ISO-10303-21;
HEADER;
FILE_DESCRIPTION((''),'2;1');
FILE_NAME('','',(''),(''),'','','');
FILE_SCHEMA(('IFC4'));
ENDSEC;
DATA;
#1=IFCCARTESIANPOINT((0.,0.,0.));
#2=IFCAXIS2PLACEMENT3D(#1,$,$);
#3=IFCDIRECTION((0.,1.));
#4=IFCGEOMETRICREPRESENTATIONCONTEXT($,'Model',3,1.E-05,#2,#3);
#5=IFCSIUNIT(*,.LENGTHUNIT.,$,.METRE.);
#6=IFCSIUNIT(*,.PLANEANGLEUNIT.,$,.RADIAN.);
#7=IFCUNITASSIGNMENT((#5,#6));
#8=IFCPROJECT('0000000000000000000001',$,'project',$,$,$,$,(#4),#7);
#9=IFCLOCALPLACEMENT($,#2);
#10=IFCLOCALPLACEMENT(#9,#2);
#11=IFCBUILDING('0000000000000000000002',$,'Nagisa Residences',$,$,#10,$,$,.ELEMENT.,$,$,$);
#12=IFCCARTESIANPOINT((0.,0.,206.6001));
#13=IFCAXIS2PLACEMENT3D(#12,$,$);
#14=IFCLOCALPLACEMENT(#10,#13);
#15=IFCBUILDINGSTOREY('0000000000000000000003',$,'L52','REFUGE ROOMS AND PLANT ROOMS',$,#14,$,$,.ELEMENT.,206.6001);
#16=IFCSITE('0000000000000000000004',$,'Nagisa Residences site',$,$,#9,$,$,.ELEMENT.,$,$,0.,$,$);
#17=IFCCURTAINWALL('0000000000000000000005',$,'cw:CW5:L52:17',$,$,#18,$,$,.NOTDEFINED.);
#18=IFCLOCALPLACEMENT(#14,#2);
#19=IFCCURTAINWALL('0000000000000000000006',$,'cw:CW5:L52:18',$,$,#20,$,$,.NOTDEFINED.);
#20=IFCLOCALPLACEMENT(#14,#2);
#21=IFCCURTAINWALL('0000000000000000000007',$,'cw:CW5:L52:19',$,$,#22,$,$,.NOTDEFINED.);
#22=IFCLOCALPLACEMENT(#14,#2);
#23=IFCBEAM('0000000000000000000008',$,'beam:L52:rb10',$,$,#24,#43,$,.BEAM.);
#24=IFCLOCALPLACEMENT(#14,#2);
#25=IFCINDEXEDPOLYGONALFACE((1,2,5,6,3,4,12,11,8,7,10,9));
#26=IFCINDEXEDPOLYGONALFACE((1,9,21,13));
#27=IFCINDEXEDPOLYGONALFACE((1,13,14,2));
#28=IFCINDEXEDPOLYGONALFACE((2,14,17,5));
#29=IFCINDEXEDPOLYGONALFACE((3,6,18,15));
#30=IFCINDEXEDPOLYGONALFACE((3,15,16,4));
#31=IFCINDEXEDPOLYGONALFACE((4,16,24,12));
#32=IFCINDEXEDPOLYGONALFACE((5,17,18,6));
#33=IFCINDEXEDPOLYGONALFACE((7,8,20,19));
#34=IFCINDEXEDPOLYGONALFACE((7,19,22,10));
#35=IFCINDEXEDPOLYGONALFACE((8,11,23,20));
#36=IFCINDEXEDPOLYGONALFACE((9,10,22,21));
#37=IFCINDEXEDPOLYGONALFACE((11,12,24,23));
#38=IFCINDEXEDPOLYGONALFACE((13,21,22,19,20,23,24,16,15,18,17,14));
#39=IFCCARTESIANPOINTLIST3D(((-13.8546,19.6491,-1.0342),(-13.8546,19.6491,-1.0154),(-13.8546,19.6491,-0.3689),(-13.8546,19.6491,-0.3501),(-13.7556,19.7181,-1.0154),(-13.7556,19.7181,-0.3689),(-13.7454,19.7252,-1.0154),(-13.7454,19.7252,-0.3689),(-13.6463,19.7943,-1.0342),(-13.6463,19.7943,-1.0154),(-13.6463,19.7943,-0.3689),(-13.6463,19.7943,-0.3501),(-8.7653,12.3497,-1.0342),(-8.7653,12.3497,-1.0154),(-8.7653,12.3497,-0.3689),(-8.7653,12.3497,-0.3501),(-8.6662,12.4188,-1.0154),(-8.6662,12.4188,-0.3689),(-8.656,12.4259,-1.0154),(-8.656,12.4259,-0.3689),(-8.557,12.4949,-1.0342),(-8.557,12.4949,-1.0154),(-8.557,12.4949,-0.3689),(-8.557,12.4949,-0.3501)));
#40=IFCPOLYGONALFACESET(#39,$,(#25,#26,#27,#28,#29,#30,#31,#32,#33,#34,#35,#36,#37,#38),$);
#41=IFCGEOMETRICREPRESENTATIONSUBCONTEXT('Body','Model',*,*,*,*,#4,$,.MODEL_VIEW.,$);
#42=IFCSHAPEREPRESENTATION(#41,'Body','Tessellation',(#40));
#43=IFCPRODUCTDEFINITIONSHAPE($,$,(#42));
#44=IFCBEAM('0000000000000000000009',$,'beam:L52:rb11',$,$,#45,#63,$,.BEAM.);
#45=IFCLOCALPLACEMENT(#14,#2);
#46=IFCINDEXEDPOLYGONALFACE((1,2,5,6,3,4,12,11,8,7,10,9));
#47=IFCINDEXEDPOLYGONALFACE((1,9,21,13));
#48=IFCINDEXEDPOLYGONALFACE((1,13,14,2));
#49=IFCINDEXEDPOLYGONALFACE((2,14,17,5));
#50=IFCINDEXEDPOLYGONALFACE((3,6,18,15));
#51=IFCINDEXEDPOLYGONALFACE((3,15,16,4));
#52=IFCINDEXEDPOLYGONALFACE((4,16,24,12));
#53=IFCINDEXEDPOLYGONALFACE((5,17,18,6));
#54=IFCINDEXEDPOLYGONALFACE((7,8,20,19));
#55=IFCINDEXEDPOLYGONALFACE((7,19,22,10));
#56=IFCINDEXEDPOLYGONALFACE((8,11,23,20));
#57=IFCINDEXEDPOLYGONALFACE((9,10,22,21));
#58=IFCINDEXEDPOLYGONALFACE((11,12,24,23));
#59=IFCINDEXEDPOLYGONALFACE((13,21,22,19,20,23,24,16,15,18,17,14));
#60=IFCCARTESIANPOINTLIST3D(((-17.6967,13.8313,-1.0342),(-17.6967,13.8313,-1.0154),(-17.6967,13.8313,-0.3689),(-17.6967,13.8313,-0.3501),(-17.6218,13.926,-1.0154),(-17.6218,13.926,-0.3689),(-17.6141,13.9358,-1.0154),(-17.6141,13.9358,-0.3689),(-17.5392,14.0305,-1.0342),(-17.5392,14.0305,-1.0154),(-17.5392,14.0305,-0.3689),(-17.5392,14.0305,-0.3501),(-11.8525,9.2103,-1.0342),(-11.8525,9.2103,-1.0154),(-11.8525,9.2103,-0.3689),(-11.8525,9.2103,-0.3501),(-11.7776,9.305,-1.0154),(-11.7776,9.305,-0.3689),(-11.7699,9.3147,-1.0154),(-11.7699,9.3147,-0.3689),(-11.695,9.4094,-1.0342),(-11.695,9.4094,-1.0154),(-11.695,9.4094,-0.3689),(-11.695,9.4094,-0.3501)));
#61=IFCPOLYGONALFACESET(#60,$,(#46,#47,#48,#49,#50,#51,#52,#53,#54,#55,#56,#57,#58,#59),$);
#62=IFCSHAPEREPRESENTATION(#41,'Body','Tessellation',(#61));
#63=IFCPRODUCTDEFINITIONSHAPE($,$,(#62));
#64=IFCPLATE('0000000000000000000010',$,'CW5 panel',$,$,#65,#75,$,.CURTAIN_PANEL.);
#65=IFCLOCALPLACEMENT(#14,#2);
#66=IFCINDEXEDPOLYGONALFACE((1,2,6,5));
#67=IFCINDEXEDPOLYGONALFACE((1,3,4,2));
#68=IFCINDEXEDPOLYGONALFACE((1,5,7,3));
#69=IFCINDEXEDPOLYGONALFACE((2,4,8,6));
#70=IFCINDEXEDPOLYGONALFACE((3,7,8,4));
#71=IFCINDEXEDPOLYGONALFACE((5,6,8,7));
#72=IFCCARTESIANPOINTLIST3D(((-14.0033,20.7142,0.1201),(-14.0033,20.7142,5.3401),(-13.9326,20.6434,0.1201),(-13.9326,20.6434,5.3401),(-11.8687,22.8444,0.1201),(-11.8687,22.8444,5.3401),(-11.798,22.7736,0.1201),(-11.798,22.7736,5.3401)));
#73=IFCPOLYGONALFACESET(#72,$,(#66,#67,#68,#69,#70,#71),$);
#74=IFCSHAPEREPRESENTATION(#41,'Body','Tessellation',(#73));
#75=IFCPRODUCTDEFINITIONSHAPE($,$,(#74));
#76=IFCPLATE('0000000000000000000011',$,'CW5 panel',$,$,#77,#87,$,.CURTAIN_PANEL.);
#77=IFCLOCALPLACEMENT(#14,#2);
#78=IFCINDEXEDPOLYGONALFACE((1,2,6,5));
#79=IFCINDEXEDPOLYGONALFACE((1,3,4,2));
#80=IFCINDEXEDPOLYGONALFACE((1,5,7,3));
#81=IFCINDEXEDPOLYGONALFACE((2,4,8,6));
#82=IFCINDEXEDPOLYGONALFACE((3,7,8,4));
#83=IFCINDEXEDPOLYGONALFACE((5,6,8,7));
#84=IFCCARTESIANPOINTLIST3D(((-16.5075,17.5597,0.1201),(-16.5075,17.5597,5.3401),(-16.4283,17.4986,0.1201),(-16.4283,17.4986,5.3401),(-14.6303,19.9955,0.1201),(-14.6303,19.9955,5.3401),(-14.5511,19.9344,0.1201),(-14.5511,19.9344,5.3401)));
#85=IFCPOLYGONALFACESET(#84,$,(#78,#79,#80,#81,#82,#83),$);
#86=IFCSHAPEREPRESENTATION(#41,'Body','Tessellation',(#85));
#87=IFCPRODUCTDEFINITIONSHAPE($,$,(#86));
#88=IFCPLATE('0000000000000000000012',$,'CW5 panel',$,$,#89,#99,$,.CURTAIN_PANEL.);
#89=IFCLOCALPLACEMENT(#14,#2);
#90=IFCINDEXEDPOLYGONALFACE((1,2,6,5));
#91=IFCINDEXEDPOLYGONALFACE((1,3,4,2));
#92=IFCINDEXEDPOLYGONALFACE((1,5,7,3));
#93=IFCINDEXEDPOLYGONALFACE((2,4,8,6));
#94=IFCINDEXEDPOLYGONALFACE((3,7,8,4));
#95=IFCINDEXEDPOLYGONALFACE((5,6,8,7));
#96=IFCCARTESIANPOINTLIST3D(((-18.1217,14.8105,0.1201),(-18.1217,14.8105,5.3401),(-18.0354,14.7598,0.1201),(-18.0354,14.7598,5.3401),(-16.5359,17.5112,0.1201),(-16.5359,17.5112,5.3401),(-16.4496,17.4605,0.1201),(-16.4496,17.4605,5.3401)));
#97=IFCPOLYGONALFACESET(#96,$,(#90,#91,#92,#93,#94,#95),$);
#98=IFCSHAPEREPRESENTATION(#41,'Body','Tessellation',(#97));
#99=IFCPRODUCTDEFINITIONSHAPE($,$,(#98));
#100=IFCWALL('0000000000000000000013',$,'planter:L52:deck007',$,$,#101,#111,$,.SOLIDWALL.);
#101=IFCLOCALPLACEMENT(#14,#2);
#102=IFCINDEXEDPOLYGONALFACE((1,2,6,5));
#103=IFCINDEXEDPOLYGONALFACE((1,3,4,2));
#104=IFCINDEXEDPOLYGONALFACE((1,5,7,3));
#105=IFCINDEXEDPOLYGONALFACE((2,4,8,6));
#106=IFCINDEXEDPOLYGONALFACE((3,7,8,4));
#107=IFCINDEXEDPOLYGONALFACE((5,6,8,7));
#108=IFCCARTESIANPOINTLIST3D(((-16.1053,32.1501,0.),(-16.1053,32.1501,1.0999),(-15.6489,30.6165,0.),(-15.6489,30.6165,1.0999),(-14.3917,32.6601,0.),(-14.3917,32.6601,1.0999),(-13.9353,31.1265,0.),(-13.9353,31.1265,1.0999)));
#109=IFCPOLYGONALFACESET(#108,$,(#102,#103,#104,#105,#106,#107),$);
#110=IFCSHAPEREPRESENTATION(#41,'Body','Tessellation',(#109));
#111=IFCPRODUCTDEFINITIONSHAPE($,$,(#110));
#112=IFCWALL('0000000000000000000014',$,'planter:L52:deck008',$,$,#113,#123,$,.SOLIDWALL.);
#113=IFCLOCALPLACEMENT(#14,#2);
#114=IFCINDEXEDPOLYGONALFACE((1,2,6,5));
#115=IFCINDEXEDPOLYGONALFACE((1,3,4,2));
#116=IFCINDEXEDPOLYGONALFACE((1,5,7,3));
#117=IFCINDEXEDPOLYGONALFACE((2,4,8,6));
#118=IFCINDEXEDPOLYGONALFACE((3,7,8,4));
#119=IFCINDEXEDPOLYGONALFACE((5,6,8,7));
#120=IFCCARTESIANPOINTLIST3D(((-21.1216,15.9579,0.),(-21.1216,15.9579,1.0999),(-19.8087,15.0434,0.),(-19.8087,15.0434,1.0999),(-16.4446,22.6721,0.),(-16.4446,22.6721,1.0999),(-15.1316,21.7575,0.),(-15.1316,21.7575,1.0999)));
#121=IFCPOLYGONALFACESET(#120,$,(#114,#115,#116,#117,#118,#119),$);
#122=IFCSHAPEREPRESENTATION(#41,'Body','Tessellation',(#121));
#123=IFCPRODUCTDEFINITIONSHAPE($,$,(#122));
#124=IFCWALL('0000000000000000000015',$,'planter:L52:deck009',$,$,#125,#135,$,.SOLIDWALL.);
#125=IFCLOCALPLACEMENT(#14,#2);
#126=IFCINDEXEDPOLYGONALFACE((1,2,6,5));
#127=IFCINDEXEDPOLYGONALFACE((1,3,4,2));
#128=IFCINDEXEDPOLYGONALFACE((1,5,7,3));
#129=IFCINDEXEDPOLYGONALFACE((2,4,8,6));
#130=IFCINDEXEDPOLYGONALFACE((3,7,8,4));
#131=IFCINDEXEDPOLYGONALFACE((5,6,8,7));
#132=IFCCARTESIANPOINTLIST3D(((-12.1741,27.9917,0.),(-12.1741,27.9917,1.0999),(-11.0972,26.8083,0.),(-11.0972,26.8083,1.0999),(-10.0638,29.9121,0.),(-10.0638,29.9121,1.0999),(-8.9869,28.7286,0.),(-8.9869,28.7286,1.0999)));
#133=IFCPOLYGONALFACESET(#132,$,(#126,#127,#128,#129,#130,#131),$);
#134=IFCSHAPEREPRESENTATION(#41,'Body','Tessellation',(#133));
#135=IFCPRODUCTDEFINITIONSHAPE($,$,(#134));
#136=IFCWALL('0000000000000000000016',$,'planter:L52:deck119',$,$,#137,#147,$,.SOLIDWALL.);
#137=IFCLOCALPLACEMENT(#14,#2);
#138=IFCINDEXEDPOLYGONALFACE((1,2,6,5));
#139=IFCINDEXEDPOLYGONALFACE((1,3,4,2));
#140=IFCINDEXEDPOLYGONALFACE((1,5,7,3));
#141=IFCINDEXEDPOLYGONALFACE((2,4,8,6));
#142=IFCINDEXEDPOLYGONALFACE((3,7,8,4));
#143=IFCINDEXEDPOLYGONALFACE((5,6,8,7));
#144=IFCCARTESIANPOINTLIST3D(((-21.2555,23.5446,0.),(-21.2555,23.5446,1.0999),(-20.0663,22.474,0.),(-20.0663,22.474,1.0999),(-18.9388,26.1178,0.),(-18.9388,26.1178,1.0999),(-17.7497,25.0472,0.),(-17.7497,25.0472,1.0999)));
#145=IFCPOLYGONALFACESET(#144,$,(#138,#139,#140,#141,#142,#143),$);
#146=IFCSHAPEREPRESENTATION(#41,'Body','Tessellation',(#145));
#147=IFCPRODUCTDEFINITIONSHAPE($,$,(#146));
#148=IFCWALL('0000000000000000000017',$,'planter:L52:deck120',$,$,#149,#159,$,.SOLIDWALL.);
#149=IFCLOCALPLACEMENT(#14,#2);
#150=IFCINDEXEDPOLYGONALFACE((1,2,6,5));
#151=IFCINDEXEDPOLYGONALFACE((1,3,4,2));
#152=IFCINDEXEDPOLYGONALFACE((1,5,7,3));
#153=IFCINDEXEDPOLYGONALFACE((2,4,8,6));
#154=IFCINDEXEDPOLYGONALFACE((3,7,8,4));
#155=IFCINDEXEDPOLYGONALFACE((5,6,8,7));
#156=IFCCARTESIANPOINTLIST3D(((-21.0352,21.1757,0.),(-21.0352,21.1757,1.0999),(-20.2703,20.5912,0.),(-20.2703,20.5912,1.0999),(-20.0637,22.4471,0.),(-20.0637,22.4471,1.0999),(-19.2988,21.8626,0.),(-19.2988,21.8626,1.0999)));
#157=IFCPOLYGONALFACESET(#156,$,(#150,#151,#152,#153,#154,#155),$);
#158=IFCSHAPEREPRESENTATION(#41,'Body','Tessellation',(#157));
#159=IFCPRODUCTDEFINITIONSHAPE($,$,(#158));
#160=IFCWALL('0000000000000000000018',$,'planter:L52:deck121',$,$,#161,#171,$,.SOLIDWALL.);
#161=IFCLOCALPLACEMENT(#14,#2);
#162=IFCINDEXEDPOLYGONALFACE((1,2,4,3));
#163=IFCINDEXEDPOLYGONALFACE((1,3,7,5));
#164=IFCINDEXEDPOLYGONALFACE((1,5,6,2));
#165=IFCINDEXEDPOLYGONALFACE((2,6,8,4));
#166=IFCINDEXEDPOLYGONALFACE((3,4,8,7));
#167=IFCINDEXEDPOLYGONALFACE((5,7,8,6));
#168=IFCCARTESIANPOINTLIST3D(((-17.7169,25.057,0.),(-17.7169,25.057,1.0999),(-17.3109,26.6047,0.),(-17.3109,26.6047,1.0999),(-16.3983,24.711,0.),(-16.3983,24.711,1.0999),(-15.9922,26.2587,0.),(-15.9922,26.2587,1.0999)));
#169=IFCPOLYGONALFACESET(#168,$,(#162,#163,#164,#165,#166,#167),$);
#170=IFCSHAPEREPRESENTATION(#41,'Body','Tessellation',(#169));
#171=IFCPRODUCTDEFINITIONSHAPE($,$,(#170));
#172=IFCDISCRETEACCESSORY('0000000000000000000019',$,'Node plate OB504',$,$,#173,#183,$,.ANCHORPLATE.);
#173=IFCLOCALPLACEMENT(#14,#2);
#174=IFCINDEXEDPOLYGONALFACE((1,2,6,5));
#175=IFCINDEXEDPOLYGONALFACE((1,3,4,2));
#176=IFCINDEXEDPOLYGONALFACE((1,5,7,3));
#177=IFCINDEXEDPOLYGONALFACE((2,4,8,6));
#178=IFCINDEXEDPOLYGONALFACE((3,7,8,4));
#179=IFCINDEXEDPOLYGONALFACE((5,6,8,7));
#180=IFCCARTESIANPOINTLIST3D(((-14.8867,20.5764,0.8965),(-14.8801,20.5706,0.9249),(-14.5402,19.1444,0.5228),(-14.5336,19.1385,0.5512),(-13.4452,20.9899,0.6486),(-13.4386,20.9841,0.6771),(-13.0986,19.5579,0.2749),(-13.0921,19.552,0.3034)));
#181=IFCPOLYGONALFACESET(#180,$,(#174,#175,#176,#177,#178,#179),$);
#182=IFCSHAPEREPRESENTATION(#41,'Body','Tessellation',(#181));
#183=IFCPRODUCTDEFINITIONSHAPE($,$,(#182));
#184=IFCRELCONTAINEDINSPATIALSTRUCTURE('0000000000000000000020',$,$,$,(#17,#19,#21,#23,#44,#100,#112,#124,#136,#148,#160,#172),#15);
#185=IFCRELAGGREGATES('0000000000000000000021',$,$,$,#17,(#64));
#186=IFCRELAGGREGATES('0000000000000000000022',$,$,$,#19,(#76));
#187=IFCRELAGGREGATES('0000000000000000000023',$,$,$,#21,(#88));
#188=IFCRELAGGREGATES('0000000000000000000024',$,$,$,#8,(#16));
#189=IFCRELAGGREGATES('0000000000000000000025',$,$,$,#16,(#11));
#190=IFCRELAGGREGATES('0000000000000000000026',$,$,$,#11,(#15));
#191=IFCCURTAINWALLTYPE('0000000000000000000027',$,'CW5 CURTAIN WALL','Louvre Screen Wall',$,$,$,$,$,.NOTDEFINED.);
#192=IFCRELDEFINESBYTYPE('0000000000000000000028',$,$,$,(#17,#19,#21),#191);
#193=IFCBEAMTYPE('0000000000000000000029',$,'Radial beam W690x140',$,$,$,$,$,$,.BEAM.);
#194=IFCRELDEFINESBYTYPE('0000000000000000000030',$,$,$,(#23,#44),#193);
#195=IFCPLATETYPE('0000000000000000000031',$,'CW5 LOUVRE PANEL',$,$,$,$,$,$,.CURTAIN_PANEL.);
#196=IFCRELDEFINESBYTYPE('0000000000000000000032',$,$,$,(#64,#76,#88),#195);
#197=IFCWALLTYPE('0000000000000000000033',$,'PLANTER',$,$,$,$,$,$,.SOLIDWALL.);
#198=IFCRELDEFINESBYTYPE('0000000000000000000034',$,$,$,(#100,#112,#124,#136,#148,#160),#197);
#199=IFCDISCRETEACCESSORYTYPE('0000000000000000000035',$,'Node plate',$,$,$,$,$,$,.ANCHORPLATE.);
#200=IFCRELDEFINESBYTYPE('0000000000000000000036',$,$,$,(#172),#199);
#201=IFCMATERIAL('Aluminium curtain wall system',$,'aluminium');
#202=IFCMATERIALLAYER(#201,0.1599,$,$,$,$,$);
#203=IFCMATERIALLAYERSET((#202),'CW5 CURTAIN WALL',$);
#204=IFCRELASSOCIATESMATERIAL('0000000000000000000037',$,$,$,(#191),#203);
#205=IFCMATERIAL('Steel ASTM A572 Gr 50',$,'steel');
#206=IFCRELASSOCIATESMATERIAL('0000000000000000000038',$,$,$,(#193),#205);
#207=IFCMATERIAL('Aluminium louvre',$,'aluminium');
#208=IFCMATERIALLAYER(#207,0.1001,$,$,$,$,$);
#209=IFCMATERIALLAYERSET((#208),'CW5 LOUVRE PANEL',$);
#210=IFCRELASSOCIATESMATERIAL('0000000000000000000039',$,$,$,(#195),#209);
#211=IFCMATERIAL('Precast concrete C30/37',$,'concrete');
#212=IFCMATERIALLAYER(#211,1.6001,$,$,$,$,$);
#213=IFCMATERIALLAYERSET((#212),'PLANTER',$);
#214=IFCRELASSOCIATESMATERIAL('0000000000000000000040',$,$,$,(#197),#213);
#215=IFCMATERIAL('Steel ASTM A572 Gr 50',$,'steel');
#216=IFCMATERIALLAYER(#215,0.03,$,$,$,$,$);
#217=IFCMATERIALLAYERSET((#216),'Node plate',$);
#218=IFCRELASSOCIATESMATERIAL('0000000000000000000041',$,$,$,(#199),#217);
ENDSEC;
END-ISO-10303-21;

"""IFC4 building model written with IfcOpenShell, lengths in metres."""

from ifc_helpers import new_model, si_unit, direction, frame, frame_2d, origin, origin_2d, place, context, subcontext, project, spatial, rectangle, i_section, extrude, material, layer, layer_set, material_profile, profile_set, type_object, element, aggregate, save


model = new_model("IFC4")

# Units and contexts
model_context = context("Model", 3, precision=1e-05, world=origin(), true_north=direction((0.0, 1.0)))
body_context = subcontext(model_context, "Body", "Model", "MODEL_VIEW")
ifc_project = project(units=[si_unit("LENGTHUNIT", "METRE"), si_unit("PLANEANGLEUNIT", "RADIAN")], contexts=[model_context])

# Site, building, storey
site_placement = place(None, origin())
site = spatial("IfcSite", under=ifc_project, at=site_placement, Name="Nagisa Residences site", CompositionType="ELEMENT", RefElevation=0.0)
building_placement = place(site_placement, origin())
building = spatial("IfcBuilding", under=site, at=building_placement, Name="Nagisa Residences", CompositionType="ELEMENT")
storey_placement = place(building_placement, frame((0.0, 0.0, 206.6001)))
storey = spatial("IfcBuildingStorey", under=building, at=storey_placement, Name="L52", Description="REFUGE ROOMS AND PLANT ROOMS", CompositionType="ELEMENT", Elevation=206.6001)

# Curtain walls
ifc_material_1 = material(Name="Aluminium curtain wall system", Category="aluminium")
ifc_layer_1 = layer(ifc_material_1, 0.1599)
ifc_layer_set_1 = layer_set([ifc_layer_1], Name="CW5 CURTAIN WALL")
curtain_wall_type = type_object("IfcCurtainWallType", Name="CW5 CURTAIN WALL", Description="Louvre Screen Wall", PredefinedType="NOTDEFINED", material=ifc_layer_set_1)
curtain_wall_1_placement = place(storey_placement, origin())
curtain_wall_1 = element("IfcCurtainWall", 1, at=curtain_wall_1_placement, inside=storey, type_object=curtain_wall_type, Name="cw:CW5:L52:17", PredefinedType="NOTDEFINED")
curtain_wall_2_placement = place(storey_placement, origin())
curtain_wall_2 = element("IfcCurtainWall", 2, at=curtain_wall_2_placement, inside=storey, type_object=curtain_wall_type, Name="cw:CW5:L52:18", PredefinedType="NOTDEFINED")
curtain_wall_3_placement = place(storey_placement, origin())
curtain_wall_3 = element("IfcCurtainWall", 3, at=curtain_wall_3_placement, inside=storey, type_object=curtain_wall_type, Name="cw:CW5:L52:19", PredefinedType="NOTDEFINED")

# Beams
ifc_material_2 = material(Name="Steel ASTM A572 Gr 50", Category="steel")
ifc_material_profile_1 = material_profile(ifc_material_2, i_section(OverallWidth=0.2539, OverallDepth=0.6841, WebThickness=0.0125, FlangeThickness=0.0188, at=origin_2d()), Name="W690x140")
ifc_profile_set_1 = profile_set([ifc_material_profile_1], Name="Steel ASTM A572 Gr 50")
beam_type_1 = type_object("IfcBeamType", Name="Radial beam W690x140", PredefinedType="BEAM", material=ifc_profile_set_1)
beam_1_placement = place(storey_placement, frame((-13.7505, 19.7217, -0.6921), z_axis=(0.57194, -0.820295, 0.0), x_axis=(0.820295, 0.57194, 0.0)))
element("IfcBeam", 4, at=beam_1_placement, inside=storey, type_object=beam_type_1, Name="beam:L52:rb10", PredefinedType="BEAM", context=body_context, shape_type="SweptSolid", body=[
    extrude(i_section(OverallWidth=0.2539, OverallDepth=0.6841, WebThickness=0.0125, FlangeThickness=0.0188, at=origin_2d()), origin(), (0.0, 0.0, 1.0), 8.8984),
])
beam_2_placement = place(storey_placement, frame((-17.6179, 13.9309, -0.6921), z_axis=(0.784411, -0.620241, 0.0), x_axis=(0.620241, 0.784411, 0.0)))
element("IfcBeam", 5, at=beam_2_placement, inside=storey, type_object=beam_type_1, Name="beam:L52:rb11", PredefinedType="BEAM", context=body_context, shape_type="SweptSolid", body=[
    extrude(i_section(OverallWidth=0.2539, OverallDepth=0.6841, WebThickness=0.0125, FlangeThickness=0.0188, at=origin_2d()), origin(), (0.0, 0.0, 1.0), 7.4504),
])

# Plates
ifc_material_3 = material(Name="Aluminium louvre", Category="aluminium")
ifc_layer_2 = layer(ifc_material_3, 0.1001)
ifc_layer_set_2 = layer_set([ifc_layer_2], Name="CW5 LOUVRE PANEL")
plate_type = type_object("IfcPlateType", Name="CW5 LOUVRE PANEL", PredefinedType="CURTAIN_PANEL", material=ifc_layer_set_2)
plate_1_placement = place(storey_placement, frame((-12.9006, 21.7439, 0.1201), z_axis=(0.0, 0.0, 1.0), x_axis=(-0.707836, -0.706377, 0.0)))
plate_1 = element("IfcPlate", 6, at=plate_1_placement, type_object=plate_type, Name="CW5 panel", PredefinedType="CURTAIN_PANEL", context=body_context, shape_type="SweptSolid", body=[
    extrude(rectangle(XDim=3.0156, YDim=0.1001, at=origin_2d()), origin(), (0.0, 0.0, 1.0), 5.22),
])
aggregate(curtain_wall_1, [plate_1])
plate_2_placement = place(storey_placement, frame((-15.5293, 18.7471, 0.1201), z_axis=(0.0, 0.0, 1.0), x_axis=(-0.61043, -0.79207, 0.0)))
plate_2 = element("IfcPlate", 7, at=plate_2_placement, type_object=plate_type, Name="CW5 panel", PredefinedType="CURTAIN_PANEL", context=body_context, shape_type="SweptSolid", body=[
    extrude(rectangle(XDim=3.0752, YDim=0.1001, at=origin_2d()), origin(), (0.0, 0.0, 1.0), 5.22),
])
aggregate(curtain_wall_2, [plate_2])
plate_3_placement = place(storey_placement, frame((-17.2856, 16.1355, 0.1201), z_axis=(0.0, 0.0, 1.0), x_axis=(-0.506349, -0.862329, 0.0)))
plate_3 = element("IfcPlate", 8, at=plate_3_placement, type_object=plate_type, Name="CW5 panel", PredefinedType="CURTAIN_PANEL", context=body_context, shape_type="SweptSolid", body=[
    extrude(rectangle(XDim=3.1318, YDim=0.1001, at=origin_2d()), origin(), (0.0, 0.0, 1.0), 5.22),
])
aggregate(curtain_wall_3, [plate_3])

# Walls
ifc_material_4 = material(Name="Precast concrete C30/37", Category="concrete")
ifc_layer_3 = layer(ifc_material_4, 1.6001)
ifc_layer_set_3 = layer_set([ifc_layer_3], Name="PLANTER")
wall_type = type_object("IfcWallType", Name="PLANTER", PredefinedType="SOLIDWALL", material=ifc_layer_set_3)
wall_1_placement = place(storey_placement, frame((-15.8772, 31.3833, 0.0), z_axis=(0.0, 0.0, 1.0), x_axis=(0.958452, 0.285255, 0.0)))
element("IfcWall", 9, at=wall_1_placement, inside=storey, type_object=wall_type, Name="planter:L52:deck007", PredefinedType="SOLIDWALL", context=body_context, shape_type="SweptSolid", body=[
    extrude(rectangle(XDim=1.7878, YDim=1.6001, at=frame_2d((0.894, 0.0))), origin(), (0.0, 0.0, 1.0), 1.0999),
])
wall_2_placement = place(storey_placement, frame((-15.7881, 22.2148, 0.0), z_axis=(0.0, 0.0, 1.0), x_axis=(-0.571585, -0.820543, 0.0)))
element("IfcWall", 10, at=wall_2_placement, inside=storey, type_object=wall_type, Name="planter:L52:deck008", PredefinedType="SOLIDWALL", context=body_context, shape_type="SweptSolid", body=[
    extrude(rectangle(XDim=8.1826, YDim=1.6001, at=frame_2d((4.0913, 0.0))), origin(), (0.0, 0.0, 1.0), 1.0999),
])
wall_3_placement = place(storey_placement, frame((-11.6357, 27.3999, 0.0), z_axis=(0.0, 0.0, 1.0), x_axis=(0.739607, 0.673039, 0.0)))
element("IfcWall", 11, at=wall_3_placement, inside=storey, type_object=wall_type, Name="planter:L52:deck009", PredefinedType="SOLIDWALL", context=body_context, shape_type="SweptSolid", body=[
    extrude(rectangle(XDim=2.8533, YDim=1.6001, at=frame_2d((1.4268, 0.0))), origin(), (0.0, 0.0, 1.0), 1.0999),
])
wall_4_placement = place(storey_placement, frame((-20.6609, 23.0093, 0.0), z_axis=(0.0, 0.0, 1.0), x_axis=(0.669082, 0.743189, 0.0)))
element("IfcWall", 12, at=wall_4_placement, inside=storey, type_object=wall_type, Name="planter:L52:deck119", PredefinedType="SOLIDWALL", context=body_context, shape_type="SweptSolid", body=[
    extrude(rectangle(XDim=3.4624, YDim=1.6001, at=frame_2d((1.7312, 0.0))), origin(), (0.0, 0.0, 1.0), 1.0999),
])
wall_5_placement = place(storey_placement, frame((-19.7844, 21.2268, 0.0), z_axis=(0.0, 0.0, 1.0), x_axis=(-0.794581, 0.607158, 0.0)))
element("IfcWall", 13, at=wall_5_placement, inside=storey, type_object=wall_type, Name="planter:L52:deck120", PredefinedType="SOLIDWALL", context=body_context, shape_type="SweptSolid", body=[
    extrude(rectangle(XDim=0.9626, YDim=1.6001, at=frame_2d((0.4814, 0.0))), origin(), (0.0, 0.0, 1.0), 1.0999),
])
wall_6_placement = place(storey_placement, frame((-17.5139, 25.8308, 0.0), z_axis=(0.0, 0.0, 1.0), x_axis=(0.967264, -0.25377, 0.0)))
element("IfcWall", 14, at=wall_6_placement, inside=storey, type_object=wall_type, Name="planter:L52:deck121", PredefinedType="SOLIDWALL", context=body_context, shape_type="SweptSolid", body=[
    extrude(rectangle(XDim=1.3633, YDim=1.6001, at=frame_2d((0.6816, 0.0))), origin(), (0.0, 0.0, 1.0), 1.0999),
])

# Discrete accessory
ifc_material_5 = material(Name="Steel ASTM A572 Gr 50", Category="steel")
ifc_layer_4 = layer(ifc_material_5, 0.03)
ifc_layer_set_4 = layer_set([ifc_layer_4], Name="Node plate")
discrete_accessory_type = type_object("IfcDiscreteAccessoryType", Name="Node plate", PredefinedType="ANCHORPLATE", material=ifc_layer_set_4)
discrete_accessory_placement = place(storey_placement, frame((-13.9927, 20.0671, 0.5857), z_axis=(0.220498, -0.195998, 0.955492), x_axis=(-0.227983, 0.942112, 0.245865)))
element("IfcDiscreteAccessory", 15, at=discrete_accessory_placement, inside=storey, type_object=discrete_accessory_type, Name="Node plate OB504", PredefinedType="ANCHORPLATE", context=body_context, shape_type="SweptSolid", body=[
    extrude(rectangle(XDim=1.52, YDim=1.52, at=origin_2d()), origin(), (0.0, 0.0, 1.0), 0.0298),
])

save(model, "model.ifc")
